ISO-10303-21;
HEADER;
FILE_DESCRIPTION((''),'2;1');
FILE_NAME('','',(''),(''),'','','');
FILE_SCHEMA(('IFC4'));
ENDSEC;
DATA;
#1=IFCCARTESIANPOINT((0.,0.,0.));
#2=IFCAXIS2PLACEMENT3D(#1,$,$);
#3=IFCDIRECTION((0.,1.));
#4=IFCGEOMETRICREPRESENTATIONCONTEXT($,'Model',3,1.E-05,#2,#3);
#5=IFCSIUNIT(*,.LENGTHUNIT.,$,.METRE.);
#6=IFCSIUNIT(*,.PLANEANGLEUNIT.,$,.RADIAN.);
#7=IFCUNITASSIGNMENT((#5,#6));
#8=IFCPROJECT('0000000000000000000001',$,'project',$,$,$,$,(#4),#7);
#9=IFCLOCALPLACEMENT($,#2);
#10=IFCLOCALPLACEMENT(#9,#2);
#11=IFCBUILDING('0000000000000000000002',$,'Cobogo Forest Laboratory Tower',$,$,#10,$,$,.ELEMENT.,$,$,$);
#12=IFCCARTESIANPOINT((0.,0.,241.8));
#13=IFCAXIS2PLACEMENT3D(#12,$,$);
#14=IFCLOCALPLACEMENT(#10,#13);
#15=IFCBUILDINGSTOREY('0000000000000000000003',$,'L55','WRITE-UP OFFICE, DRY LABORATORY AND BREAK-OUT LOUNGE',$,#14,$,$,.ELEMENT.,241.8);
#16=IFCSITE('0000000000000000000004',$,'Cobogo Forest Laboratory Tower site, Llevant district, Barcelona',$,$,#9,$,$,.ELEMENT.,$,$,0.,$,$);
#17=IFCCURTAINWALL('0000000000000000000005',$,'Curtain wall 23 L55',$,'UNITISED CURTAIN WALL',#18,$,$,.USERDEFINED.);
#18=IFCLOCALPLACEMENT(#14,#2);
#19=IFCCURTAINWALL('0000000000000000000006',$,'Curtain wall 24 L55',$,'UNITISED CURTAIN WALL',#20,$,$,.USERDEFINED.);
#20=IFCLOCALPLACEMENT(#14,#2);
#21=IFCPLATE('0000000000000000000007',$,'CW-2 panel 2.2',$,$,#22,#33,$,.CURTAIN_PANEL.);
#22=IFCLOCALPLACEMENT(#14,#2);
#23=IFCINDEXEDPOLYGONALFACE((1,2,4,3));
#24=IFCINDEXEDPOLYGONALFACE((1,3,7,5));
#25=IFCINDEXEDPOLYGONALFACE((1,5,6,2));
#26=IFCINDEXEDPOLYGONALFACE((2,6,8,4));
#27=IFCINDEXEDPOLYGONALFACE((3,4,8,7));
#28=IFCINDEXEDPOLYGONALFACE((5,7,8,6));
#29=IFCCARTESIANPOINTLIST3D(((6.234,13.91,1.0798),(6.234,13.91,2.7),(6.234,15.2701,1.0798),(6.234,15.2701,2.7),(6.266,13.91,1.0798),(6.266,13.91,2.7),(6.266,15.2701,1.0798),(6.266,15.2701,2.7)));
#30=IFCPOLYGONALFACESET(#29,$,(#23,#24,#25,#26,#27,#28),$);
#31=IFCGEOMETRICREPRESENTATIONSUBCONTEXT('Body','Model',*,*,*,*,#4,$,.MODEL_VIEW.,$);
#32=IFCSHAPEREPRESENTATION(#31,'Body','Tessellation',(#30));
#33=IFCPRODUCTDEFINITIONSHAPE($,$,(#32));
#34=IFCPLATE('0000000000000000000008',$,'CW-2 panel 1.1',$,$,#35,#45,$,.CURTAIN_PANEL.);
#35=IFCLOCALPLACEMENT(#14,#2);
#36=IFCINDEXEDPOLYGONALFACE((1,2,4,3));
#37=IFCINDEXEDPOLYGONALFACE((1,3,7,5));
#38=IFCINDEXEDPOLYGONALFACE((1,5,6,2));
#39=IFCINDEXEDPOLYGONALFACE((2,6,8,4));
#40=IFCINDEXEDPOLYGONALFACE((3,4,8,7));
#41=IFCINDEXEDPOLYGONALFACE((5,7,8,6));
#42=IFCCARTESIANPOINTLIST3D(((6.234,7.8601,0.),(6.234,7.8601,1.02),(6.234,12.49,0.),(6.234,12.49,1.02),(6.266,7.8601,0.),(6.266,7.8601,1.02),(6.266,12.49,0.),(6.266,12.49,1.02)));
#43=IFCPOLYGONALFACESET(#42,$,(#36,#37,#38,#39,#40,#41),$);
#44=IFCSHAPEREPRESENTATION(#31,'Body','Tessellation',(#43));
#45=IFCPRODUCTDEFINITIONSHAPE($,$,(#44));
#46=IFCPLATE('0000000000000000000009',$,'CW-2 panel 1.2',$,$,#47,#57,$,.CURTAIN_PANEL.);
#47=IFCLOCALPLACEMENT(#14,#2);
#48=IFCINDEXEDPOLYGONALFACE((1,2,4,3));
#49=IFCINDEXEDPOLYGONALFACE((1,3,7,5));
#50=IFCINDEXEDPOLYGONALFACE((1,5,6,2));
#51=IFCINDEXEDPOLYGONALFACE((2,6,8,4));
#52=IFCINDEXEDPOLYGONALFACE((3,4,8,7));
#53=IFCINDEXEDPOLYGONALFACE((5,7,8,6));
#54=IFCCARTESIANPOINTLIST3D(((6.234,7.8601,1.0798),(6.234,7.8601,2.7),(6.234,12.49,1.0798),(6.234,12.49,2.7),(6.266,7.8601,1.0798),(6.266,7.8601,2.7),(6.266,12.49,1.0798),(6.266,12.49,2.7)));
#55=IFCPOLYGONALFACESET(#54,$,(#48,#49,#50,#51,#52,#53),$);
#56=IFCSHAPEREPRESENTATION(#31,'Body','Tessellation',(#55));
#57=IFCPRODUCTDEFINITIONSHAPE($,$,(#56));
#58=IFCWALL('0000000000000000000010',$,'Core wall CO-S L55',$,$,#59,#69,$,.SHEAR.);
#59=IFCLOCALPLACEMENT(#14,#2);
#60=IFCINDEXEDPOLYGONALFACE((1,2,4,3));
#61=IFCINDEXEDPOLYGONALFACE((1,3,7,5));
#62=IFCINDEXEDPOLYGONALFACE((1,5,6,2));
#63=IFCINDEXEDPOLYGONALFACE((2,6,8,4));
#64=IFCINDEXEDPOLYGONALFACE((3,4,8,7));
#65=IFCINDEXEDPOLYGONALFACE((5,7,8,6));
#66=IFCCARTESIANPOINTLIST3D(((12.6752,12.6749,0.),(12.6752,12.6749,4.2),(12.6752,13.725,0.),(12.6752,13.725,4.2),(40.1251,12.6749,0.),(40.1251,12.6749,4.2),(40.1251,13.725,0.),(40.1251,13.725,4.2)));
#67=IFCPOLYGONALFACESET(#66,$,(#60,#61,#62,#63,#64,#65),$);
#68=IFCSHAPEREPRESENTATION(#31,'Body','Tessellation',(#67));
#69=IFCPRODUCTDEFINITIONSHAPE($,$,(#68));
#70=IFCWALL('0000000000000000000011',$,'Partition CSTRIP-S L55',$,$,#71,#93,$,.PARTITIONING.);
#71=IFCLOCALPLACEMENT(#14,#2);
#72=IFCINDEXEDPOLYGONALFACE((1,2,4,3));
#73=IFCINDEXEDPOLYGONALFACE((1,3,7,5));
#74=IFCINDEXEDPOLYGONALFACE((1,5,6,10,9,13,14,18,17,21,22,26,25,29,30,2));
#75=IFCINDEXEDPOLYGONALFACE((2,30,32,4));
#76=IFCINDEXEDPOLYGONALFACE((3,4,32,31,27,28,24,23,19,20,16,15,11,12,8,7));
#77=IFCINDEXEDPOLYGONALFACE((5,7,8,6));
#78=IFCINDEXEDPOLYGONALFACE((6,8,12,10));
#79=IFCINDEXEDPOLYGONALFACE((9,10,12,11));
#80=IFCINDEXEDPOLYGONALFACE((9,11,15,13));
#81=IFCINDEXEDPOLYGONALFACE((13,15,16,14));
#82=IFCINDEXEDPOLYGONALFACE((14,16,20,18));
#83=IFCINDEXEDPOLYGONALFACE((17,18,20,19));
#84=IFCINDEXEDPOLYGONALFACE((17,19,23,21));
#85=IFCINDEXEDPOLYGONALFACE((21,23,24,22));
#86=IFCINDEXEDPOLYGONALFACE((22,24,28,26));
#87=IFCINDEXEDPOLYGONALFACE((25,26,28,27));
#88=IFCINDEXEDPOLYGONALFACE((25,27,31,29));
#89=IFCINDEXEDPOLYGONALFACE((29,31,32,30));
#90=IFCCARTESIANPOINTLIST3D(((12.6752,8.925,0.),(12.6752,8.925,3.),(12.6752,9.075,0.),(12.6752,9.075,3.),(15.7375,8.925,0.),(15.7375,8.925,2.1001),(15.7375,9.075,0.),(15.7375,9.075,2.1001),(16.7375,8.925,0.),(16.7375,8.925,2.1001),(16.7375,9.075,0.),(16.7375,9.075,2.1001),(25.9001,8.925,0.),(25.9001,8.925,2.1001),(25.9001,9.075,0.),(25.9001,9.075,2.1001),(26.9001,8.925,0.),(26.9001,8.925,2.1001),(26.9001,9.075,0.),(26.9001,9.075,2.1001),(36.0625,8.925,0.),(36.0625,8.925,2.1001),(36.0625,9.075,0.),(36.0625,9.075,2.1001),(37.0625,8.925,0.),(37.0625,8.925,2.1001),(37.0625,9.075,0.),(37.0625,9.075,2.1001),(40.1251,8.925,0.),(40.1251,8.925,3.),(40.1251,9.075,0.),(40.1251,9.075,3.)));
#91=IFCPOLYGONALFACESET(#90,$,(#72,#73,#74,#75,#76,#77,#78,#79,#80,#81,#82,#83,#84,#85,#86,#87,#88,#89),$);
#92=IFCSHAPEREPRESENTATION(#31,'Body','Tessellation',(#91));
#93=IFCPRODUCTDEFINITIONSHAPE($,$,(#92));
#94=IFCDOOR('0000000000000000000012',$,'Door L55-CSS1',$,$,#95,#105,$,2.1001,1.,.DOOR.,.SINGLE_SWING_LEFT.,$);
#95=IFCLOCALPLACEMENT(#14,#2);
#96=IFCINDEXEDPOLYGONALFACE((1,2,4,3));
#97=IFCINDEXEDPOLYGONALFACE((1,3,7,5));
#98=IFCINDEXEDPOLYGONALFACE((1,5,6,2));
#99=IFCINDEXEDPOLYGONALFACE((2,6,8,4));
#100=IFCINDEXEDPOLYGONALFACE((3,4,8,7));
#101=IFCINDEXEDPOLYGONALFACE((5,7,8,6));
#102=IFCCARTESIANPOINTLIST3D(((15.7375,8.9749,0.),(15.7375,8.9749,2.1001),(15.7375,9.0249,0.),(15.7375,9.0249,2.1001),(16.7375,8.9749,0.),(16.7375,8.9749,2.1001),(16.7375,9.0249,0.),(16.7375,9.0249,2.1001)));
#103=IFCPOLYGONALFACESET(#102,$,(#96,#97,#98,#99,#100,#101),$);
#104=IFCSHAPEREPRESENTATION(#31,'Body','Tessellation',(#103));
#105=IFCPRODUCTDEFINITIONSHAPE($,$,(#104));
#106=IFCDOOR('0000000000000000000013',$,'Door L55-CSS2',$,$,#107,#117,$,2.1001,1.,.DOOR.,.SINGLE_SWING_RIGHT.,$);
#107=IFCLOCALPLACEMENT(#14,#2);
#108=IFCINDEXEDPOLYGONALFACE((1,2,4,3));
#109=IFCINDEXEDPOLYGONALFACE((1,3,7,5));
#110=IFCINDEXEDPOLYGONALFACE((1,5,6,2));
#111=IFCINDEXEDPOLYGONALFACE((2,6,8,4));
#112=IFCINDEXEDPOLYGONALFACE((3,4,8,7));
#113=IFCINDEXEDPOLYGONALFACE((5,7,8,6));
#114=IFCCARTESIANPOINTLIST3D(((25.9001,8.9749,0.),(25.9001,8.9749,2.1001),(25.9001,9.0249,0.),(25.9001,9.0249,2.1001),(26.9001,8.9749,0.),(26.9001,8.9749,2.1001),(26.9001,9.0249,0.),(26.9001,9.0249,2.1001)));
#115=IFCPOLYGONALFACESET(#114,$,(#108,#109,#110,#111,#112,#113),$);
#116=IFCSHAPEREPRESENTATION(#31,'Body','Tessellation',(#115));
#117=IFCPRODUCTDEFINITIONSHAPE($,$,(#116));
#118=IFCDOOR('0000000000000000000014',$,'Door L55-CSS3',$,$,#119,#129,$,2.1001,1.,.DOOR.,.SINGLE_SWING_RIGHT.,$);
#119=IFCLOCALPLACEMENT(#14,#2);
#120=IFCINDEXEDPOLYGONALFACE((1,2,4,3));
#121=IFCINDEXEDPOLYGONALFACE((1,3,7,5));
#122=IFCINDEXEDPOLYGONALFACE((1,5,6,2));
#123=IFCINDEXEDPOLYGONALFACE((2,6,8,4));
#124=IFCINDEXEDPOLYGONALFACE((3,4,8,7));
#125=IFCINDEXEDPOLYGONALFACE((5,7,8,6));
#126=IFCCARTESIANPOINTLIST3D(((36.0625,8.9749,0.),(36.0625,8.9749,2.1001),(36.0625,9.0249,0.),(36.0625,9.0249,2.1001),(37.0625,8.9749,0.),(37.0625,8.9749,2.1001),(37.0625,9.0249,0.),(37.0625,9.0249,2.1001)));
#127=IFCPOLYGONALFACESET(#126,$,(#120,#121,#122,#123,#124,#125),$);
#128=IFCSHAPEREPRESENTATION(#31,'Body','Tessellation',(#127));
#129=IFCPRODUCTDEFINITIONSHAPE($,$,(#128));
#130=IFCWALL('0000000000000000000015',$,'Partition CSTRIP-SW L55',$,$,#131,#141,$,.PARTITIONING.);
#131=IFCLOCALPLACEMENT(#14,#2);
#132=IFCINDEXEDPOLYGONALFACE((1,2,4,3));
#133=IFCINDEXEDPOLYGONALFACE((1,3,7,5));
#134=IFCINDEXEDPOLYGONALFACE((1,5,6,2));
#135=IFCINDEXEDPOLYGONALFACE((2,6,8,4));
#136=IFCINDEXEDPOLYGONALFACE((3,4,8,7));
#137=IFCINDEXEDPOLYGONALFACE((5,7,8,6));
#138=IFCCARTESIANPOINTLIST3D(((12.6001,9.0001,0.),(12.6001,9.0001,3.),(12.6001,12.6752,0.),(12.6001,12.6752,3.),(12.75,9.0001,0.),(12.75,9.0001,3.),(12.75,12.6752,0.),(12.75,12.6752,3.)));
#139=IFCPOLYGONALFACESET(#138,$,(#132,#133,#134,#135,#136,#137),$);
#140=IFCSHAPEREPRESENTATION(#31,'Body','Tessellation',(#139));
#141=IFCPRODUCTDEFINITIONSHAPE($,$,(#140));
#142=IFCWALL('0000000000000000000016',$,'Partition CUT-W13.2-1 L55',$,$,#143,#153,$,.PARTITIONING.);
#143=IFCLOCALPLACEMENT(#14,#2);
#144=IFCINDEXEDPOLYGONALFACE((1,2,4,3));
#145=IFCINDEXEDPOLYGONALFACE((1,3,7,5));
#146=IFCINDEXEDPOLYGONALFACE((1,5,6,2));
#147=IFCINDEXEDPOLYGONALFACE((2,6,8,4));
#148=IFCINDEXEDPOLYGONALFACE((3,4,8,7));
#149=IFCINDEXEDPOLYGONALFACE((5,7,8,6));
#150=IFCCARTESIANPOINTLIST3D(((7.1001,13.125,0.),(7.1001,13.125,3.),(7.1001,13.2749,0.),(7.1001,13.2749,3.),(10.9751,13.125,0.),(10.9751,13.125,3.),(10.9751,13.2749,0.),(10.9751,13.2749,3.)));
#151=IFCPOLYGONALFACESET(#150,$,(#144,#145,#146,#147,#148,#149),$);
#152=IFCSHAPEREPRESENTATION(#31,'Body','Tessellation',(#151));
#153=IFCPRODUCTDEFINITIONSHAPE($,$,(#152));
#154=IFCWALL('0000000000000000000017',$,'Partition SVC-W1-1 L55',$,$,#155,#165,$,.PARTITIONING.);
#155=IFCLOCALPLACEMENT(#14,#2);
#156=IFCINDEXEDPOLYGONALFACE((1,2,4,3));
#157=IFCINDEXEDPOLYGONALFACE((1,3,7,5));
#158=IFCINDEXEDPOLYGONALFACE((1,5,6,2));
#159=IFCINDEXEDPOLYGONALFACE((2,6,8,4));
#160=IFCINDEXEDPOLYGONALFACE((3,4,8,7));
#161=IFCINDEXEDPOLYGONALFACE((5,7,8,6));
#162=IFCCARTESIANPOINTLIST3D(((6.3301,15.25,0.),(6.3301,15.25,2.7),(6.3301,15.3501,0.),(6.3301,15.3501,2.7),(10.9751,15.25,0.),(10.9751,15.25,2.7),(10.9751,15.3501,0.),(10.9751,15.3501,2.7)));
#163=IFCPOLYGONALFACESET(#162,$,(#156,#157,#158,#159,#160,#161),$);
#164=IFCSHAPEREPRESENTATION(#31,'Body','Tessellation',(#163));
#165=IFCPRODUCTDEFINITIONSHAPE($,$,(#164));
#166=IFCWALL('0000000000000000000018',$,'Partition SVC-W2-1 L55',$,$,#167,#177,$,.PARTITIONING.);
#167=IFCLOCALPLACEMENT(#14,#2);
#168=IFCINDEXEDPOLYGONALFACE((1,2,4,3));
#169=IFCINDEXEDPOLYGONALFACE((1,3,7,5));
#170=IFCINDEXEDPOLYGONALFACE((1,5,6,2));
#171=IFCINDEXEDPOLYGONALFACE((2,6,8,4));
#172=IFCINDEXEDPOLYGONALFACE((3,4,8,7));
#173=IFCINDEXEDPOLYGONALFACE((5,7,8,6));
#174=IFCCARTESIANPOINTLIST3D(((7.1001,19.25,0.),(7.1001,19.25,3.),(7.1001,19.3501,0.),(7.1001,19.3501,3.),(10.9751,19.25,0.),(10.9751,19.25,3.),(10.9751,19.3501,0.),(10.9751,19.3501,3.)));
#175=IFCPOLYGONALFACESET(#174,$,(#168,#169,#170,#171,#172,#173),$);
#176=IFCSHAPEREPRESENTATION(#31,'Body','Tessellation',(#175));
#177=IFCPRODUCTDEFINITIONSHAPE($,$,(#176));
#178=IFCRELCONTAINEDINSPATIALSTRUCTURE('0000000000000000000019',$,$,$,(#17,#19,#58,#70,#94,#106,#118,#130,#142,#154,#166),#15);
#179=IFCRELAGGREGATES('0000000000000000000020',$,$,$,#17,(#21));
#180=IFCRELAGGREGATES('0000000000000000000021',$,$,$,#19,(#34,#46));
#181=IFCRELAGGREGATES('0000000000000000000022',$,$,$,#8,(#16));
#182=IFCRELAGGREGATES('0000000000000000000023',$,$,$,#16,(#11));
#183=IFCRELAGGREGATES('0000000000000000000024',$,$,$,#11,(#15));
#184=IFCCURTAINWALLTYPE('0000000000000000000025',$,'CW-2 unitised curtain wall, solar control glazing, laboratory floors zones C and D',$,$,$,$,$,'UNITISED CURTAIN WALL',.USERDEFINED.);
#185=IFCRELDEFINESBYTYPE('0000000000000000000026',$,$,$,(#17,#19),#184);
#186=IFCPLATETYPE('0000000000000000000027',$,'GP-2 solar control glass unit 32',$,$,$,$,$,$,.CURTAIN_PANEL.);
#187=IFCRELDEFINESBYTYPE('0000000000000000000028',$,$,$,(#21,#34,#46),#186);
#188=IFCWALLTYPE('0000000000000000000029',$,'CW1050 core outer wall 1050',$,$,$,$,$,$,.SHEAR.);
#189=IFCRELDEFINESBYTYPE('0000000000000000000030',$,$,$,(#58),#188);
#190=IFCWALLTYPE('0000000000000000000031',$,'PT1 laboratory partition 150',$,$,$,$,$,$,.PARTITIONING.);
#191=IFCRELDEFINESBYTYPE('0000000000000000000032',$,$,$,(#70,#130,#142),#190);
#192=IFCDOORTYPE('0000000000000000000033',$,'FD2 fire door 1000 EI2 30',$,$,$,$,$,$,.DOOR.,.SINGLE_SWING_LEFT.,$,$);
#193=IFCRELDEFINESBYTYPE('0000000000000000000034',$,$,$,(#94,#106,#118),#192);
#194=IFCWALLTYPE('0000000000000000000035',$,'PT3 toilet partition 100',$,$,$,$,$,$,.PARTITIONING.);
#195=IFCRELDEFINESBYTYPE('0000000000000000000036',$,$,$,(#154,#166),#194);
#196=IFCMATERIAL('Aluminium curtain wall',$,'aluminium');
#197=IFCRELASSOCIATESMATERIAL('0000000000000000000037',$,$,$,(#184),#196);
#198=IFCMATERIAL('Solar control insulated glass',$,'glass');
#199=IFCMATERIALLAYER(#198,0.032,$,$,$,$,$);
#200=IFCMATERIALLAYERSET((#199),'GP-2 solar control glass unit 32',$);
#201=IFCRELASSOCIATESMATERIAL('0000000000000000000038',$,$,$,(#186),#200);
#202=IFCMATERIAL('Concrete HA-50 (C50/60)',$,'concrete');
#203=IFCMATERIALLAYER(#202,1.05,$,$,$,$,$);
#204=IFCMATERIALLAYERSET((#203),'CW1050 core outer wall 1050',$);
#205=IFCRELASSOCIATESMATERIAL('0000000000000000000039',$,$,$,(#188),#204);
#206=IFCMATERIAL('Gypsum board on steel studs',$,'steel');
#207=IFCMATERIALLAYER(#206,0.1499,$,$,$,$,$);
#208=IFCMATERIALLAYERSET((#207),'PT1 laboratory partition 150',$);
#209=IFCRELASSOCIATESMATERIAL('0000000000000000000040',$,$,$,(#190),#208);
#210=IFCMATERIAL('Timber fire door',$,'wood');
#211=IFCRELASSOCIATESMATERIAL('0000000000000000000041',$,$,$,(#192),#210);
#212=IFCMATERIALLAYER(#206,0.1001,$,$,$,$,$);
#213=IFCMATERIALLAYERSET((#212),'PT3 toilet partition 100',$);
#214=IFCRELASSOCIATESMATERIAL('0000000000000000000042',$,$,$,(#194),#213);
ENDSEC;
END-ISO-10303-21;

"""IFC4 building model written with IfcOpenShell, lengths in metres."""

from ifc_helpers import new_model, si_unit, direction, frame, frame_2d, origin, origin_2d, place, context, subcontext, project, spatial, rectangle, extrude, material, layer, layer_set, type_object, element, fill, aggregate, save


model = new_model("IFC4")

# Units and contexts
model_context = context("Model", 3, precision=1e-05, world=origin(), true_north=direction((0.0, 1.0)))
body_context = subcontext(model_context, "Body", "Model", "MODEL_VIEW")
ifc_project = project(units=[si_unit("LENGTHUNIT", "METRE"), si_unit("PLANEANGLEUNIT", "RADIAN")], contexts=[model_context])

# Site, building, storey
site_placement = place(None, origin())
site = spatial("IfcSite", under=ifc_project, at=site_placement, Name="Cobogo Forest Laboratory Tower site, Llevant district, Barcelona", CompositionType="ELEMENT", RefElevation=0.0)
building_placement = place(site_placement, origin())
building = spatial("IfcBuilding", under=site, at=building_placement, Name="Cobogo Forest Laboratory Tower", CompositionType="ELEMENT")
storey_placement = place(building_placement, frame((0.0, 0.0, 241.8)))
storey = spatial("IfcBuildingStorey", under=building, at=storey_placement, Name="L55", Description="WRITE-UP OFFICE, DRY LABORATORY AND BREAK-OUT LOUNGE", CompositionType="ELEMENT", Elevation=241.8)

# Shared definitions
ifc_material_1 = material(Name="Concrete HA-50 (C50/60)", Category="concrete")

# Curtain wall
ifc_material_2 = material(Name="Aluminium curtain wall", Category="aluminium")
curtain_wall_type = type_object("IfcCurtainWallType", Name="CW-2 unitised curtain wall, solar control glazing, laboratory floors zones C and D", ElementType="UNITISED CURTAIN WALL", PredefinedType="USERDEFINED", material=ifc_material_2)
curtain_wall_1_placement = place(storey_placement, origin())
curtain_wall_1 = element("IfcCurtainWall", 1, at=curtain_wall_1_placement, inside=storey, type_object=curtain_wall_type, Name="Curtain wall 23 L55", ObjectType="UNITISED CURTAIN WALL", PredefinedType="USERDEFINED")

# Curtain wall
curtain_wall_2_placement = place(storey_placement, origin())
curtain_wall_2 = element("IfcCurtainWall", 2, at=curtain_wall_2_placement, inside=storey, type_object=curtain_wall_type, Name="Curtain wall 24 L55", ObjectType="UNITISED CURTAIN WALL", PredefinedType="USERDEFINED")

# Plates
ifc_material_3 = material(Name="Solar control insulated glass", Category="glass")
ifc_layer_1 = layer(ifc_material_3, 0.032)
ifc_layer_set_1 = layer_set([ifc_layer_1], Name="GP-2 solar control glass unit 32")
plate_type_1 = type_object("IfcPlateType", Name="GP-2 solar control glass unit 32", PredefinedType="CURTAIN_PANEL", material=ifc_layer_set_1)
plate_1_placement = place(storey_placement, frame((6.25, 14.5901, 1.0798), z_axis=(0.0, 0.0, 1.0), x_axis=(0.0, -1.0, 0.0)))
plate_1 = element("IfcPlate", 3, at=plate_1_placement, type_object=plate_type_1, Name="CW-2 panel 2.2", PredefinedType="CURTAIN_PANEL", context=body_context, shape_type="SweptSolid", body=[
    extrude(rectangle(XDim=1.3601, YDim=0.032, at=origin_2d()), origin(), (0.0, 0.0, 1.0), 1.6201),
])
aggregate(curtain_wall_1, [plate_1])
plate_2_placement = place(storey_placement, frame((6.25, 10.175, 0.0), z_axis=(0.0, 0.0, 1.0), x_axis=(0.0, -1.0, 0.0)))
plate_2 = element("IfcPlate", 4, at=plate_2_placement, type_object=plate_type_1, Name="CW-2 panel 1.1", PredefinedType="CURTAIN_PANEL", context=body_context, shape_type="SweptSolid", body=[
    extrude(rectangle(XDim=4.6299, YDim=0.032, at=origin_2d()), origin(), (0.0, 0.0, 1.0), 1.02),
])
plate_3_placement = place(storey_placement, frame((6.25, 10.175, 1.0798), z_axis=(0.0, 0.0, 1.0), x_axis=(0.0, -1.0, 0.0)))
plate_3 = element("IfcPlate", 5, at=plate_3_placement, type_object=plate_type_1, Name="CW-2 panel 1.2", PredefinedType="CURTAIN_PANEL", context=body_context, shape_type="SweptSolid", body=[
    extrude(rectangle(XDim=4.6299, YDim=0.032, at=origin_2d()), origin(), (0.0, 0.0, 1.0), 1.6201),
])
aggregate(curtain_wall_2, [plate_2, plate_3])

# Wall
ifc_layer_2 = layer(ifc_material_1, 1.05)
ifc_layer_set_2 = layer_set([ifc_layer_2], Name="CW1050 core outer wall 1050")
wall_type_1 = type_object("IfcWallType", Name="CW1050 core outer wall 1050", PredefinedType="SHEAR", material=ifc_layer_set_2)
wall_1_placement = place(storey_placement, frame((12.675, 13.2, 0.0), z_axis=(0.0, 0.0, 1.0), x_axis=(1.0, 0.0, 0.0)))
element("IfcWall", 6, at=wall_1_placement, inside=storey, type_object=wall_type_1, Name="Core wall CO-S L55", PredefinedType="SHEAR", context=body_context, shape_type="SweptSolid", body=[
    extrude(rectangle(XDim=27.45, YDim=1.05, at=frame_2d((13.7251, 0.0))), origin(), (0.0, 0.0, 1.0), 4.2),
])

# Wall, openings, doors
ifc_material_4 = material(Name="Gypsum board on steel studs", Category="steel")
ifc_layer_3 = layer(ifc_material_4, 0.1499)
ifc_layer_set_3 = layer_set([ifc_layer_3], Name="PT1 laboratory partition 150")
wall_type_2 = type_object("IfcWallType", Name="PT1 laboratory partition 150", PredefinedType="PARTITIONING", material=ifc_layer_set_3)
wall_2_placement = place(storey_placement, frame((12.675, 9.0, 0.0), z_axis=(0.0, 0.0, 1.0), x_axis=(1.0, 0.0, 0.0)))
wall_2 = element("IfcWall", 7, at=wall_2_placement, inside=storey, type_object=wall_type_2, Name="Partition CSTRIP-S L55", PredefinedType="PARTITIONING", context=body_context, shape_type="SweptSolid", body=[
    extrude(rectangle(XDim=27.45, YDim=0.1499, at=frame_2d((13.7251, 0.0))), origin(), (0.0, 0.0, 1.0), 3.0),
])
opening_1_placement = place(wall_2_placement, frame((3.0625, 0.0, 0.0)))
opening_1 = element("IfcOpeningElement", 8, at=opening_1_placement, cuts=wall_2, PredefinedType="OPENING", context=body_context, shape_type="SweptSolid", body=[
    extrude(rectangle(XDim=1.0, YDim=2.1001, at=frame_2d((0.5, 1.05))), frame((0.0, 0.085, 0.0), z_axis=(0.0, -1.0, 0.0), x_axis=(1.0, 0.0, 0.0)), (0.0, 0.0, 1.0), 0.1699),
])
opening_2_placement = place(wall_2_placement, frame((13.2251, 0.0, 0.0)))
opening_2 = element("IfcOpeningElement", 9, at=opening_2_placement, cuts=wall_2, PredefinedType="OPENING", context=body_context, shape_type="SweptSolid", body=[
    extrude(rectangle(XDim=1.0, YDim=2.1001, at=frame_2d((0.5, 1.05))), frame((0.0, 0.085, 0.0), z_axis=(0.0, -1.0, 0.0), x_axis=(1.0, 0.0, 0.0)), (0.0, 0.0, 1.0), 0.1699),
])
opening_3_placement = place(wall_2_placement, frame((23.3875, 0.0, 0.0)))
opening_3 = element("IfcOpeningElement", 10, at=opening_3_placement, cuts=wall_2, PredefinedType="OPENING", context=body_context, shape_type="SweptSolid", body=[
    extrude(rectangle(XDim=1.0, YDim=2.1001, at=frame_2d((0.5, 1.05))), frame((0.0, 0.085, 0.0), z_axis=(0.0, -1.0, 0.0), x_axis=(1.0, 0.0, 0.0)), (0.0, 0.0, 1.0), 0.1699),
])
ifc_material_5 = material(Name="Timber fire door", Category="wood")
door_type = type_object("IfcDoorType", Name="FD2 fire door 1000 EI2 30", OperationType="SINGLE_SWING_LEFT", PredefinedType="DOOR", material=ifc_material_5)
door_1_placement = place(opening_1_placement, origin())
door_1 = element("IfcDoor", 11, at=door_1_placement, inside=storey, type_object=door_type, Name="Door L55-CSS1", OperationType="SINGLE_SWING_LEFT", OverallHeight=2.1001, OverallWidth=1.0, PredefinedType="DOOR", context=body_context, shape_type="SweptSolid", body=[
    extrude(rectangle(XDim=1.0, YDim=2.1001, at=frame_2d((0.5, 1.05))), frame((0.0, 0.0249, 0.0), z_axis=(0.0, -1.0, 0.0), x_axis=(1.0, 0.0, 0.0)), (0.0, 0.0, 1.0), 0.05),
])
fill(opening_1, door_1)
door_2_placement = place(opening_2_placement, origin())
door_2 = element("IfcDoor", 12, at=door_2_placement, inside=storey, type_object=door_type, Name="Door L55-CSS2", OperationType="SINGLE_SWING_RIGHT", OverallHeight=2.1001, OverallWidth=1.0, PredefinedType="DOOR", context=body_context, shape_type="SweptSolid", body=[
    extrude(rectangle(XDim=1.0, YDim=2.1001, at=frame_2d((0.5, 1.05))), frame((0.0, 0.0249, 0.0), z_axis=(0.0, -1.0, 0.0), x_axis=(1.0, 0.0, 0.0)), (0.0, 0.0, 1.0), 0.05),
])
fill(opening_2, door_2)
door_3_placement = place(opening_3_placement, origin())
door_3 = element("IfcDoor", 13, at=door_3_placement, inside=storey, type_object=door_type, Name="Door L55-CSS3", OperationType="SINGLE_SWING_RIGHT", OverallHeight=2.1001, OverallWidth=1.0, PredefinedType="DOOR", context=body_context, shape_type="SweptSolid", body=[
    extrude(rectangle(XDim=1.0, YDim=2.1001, at=frame_2d((0.5, 1.05))), frame((0.0, 0.0249, 0.0), z_axis=(0.0, -1.0, 0.0), x_axis=(1.0, 0.0, 0.0)), (0.0, 0.0, 1.0), 0.05),
])
fill(opening_3, door_3)

# Walls
wall_3_placement = place(storey_placement, frame((12.675, 12.675, 0.0), z_axis=(0.0, 0.0, 1.0), x_axis=(0.0, -1.0, 0.0)))
element("IfcWall", 14, at=wall_3_placement, inside=storey, type_object=wall_type_2, Name="Partition CSTRIP-SW L55", PredefinedType="PARTITIONING", context=body_context, shape_type="SweptSolid", body=[
    extrude(rectangle(XDim=3.675, YDim=0.1499, at=frame_2d((1.8374, 0.0))), origin(), (0.0, 0.0, 1.0), 3.0),
])
wall_4_placement = place(storey_placement, frame((7.1001, 13.2, 0.0), z_axis=(0.0, 0.0, 1.0), x_axis=(1.0, 0.0, 0.0)))
element("IfcWall", 15, at=wall_4_placement, inside=storey, type_object=wall_type_2, Name="Partition CUT-W13.2-1 L55", PredefinedType="PARTITIONING", context=body_context, shape_type="SweptSolid", body=[
    extrude(rectangle(XDim=3.875, YDim=0.1499, at=frame_2d((1.9375, 0.0))), origin(), (0.0, 0.0, 1.0), 3.0),
])
ifc_layer_4 = layer(ifc_material_4, 0.1001)
ifc_layer_set_4 = layer_set([ifc_layer_4], Name="PT3 toilet partition 100")
wall_type_3 = type_object("IfcWallType", Name="PT3 toilet partition 100", PredefinedType="PARTITIONING", material=ifc_layer_set_4)
wall_5_placement = place(storey_placement, frame((6.3301, 15.3, 0.0), z_axis=(0.0, 0.0, 1.0), x_axis=(1.0, 0.0, 0.0)))
element("IfcWall", 16, at=wall_5_placement, inside=storey, type_object=wall_type_3, Name="Partition SVC-W1-1 L55", PredefinedType="PARTITIONING", context=body_context, shape_type="SweptSolid", body=[
    extrude(rectangle(XDim=4.645, YDim=0.1001, at=frame_2d((2.3225, 0.0))), origin(), (0.0, 0.0, 1.0), 2.7),
])
wall_6_placement = place(storey_placement, frame((7.1001, 19.3, 0.0), z_axis=(0.0, 0.0, 1.0), x_axis=(1.0, 0.0, 0.0)))
element("IfcWall", 17, at=wall_6_placement, inside=storey, type_object=wall_type_3, Name="Partition SVC-W2-1 L55", PredefinedType="PARTITIONING", context=body_context, shape_type="SweptSolid", body=[
    extrude(rectangle(XDim=3.875, YDim=0.1001, at=frame_2d((1.9375, 0.0))), origin(), (0.0, 0.0, 1.0), 3.0),
])

save(model, "model.ifc")
